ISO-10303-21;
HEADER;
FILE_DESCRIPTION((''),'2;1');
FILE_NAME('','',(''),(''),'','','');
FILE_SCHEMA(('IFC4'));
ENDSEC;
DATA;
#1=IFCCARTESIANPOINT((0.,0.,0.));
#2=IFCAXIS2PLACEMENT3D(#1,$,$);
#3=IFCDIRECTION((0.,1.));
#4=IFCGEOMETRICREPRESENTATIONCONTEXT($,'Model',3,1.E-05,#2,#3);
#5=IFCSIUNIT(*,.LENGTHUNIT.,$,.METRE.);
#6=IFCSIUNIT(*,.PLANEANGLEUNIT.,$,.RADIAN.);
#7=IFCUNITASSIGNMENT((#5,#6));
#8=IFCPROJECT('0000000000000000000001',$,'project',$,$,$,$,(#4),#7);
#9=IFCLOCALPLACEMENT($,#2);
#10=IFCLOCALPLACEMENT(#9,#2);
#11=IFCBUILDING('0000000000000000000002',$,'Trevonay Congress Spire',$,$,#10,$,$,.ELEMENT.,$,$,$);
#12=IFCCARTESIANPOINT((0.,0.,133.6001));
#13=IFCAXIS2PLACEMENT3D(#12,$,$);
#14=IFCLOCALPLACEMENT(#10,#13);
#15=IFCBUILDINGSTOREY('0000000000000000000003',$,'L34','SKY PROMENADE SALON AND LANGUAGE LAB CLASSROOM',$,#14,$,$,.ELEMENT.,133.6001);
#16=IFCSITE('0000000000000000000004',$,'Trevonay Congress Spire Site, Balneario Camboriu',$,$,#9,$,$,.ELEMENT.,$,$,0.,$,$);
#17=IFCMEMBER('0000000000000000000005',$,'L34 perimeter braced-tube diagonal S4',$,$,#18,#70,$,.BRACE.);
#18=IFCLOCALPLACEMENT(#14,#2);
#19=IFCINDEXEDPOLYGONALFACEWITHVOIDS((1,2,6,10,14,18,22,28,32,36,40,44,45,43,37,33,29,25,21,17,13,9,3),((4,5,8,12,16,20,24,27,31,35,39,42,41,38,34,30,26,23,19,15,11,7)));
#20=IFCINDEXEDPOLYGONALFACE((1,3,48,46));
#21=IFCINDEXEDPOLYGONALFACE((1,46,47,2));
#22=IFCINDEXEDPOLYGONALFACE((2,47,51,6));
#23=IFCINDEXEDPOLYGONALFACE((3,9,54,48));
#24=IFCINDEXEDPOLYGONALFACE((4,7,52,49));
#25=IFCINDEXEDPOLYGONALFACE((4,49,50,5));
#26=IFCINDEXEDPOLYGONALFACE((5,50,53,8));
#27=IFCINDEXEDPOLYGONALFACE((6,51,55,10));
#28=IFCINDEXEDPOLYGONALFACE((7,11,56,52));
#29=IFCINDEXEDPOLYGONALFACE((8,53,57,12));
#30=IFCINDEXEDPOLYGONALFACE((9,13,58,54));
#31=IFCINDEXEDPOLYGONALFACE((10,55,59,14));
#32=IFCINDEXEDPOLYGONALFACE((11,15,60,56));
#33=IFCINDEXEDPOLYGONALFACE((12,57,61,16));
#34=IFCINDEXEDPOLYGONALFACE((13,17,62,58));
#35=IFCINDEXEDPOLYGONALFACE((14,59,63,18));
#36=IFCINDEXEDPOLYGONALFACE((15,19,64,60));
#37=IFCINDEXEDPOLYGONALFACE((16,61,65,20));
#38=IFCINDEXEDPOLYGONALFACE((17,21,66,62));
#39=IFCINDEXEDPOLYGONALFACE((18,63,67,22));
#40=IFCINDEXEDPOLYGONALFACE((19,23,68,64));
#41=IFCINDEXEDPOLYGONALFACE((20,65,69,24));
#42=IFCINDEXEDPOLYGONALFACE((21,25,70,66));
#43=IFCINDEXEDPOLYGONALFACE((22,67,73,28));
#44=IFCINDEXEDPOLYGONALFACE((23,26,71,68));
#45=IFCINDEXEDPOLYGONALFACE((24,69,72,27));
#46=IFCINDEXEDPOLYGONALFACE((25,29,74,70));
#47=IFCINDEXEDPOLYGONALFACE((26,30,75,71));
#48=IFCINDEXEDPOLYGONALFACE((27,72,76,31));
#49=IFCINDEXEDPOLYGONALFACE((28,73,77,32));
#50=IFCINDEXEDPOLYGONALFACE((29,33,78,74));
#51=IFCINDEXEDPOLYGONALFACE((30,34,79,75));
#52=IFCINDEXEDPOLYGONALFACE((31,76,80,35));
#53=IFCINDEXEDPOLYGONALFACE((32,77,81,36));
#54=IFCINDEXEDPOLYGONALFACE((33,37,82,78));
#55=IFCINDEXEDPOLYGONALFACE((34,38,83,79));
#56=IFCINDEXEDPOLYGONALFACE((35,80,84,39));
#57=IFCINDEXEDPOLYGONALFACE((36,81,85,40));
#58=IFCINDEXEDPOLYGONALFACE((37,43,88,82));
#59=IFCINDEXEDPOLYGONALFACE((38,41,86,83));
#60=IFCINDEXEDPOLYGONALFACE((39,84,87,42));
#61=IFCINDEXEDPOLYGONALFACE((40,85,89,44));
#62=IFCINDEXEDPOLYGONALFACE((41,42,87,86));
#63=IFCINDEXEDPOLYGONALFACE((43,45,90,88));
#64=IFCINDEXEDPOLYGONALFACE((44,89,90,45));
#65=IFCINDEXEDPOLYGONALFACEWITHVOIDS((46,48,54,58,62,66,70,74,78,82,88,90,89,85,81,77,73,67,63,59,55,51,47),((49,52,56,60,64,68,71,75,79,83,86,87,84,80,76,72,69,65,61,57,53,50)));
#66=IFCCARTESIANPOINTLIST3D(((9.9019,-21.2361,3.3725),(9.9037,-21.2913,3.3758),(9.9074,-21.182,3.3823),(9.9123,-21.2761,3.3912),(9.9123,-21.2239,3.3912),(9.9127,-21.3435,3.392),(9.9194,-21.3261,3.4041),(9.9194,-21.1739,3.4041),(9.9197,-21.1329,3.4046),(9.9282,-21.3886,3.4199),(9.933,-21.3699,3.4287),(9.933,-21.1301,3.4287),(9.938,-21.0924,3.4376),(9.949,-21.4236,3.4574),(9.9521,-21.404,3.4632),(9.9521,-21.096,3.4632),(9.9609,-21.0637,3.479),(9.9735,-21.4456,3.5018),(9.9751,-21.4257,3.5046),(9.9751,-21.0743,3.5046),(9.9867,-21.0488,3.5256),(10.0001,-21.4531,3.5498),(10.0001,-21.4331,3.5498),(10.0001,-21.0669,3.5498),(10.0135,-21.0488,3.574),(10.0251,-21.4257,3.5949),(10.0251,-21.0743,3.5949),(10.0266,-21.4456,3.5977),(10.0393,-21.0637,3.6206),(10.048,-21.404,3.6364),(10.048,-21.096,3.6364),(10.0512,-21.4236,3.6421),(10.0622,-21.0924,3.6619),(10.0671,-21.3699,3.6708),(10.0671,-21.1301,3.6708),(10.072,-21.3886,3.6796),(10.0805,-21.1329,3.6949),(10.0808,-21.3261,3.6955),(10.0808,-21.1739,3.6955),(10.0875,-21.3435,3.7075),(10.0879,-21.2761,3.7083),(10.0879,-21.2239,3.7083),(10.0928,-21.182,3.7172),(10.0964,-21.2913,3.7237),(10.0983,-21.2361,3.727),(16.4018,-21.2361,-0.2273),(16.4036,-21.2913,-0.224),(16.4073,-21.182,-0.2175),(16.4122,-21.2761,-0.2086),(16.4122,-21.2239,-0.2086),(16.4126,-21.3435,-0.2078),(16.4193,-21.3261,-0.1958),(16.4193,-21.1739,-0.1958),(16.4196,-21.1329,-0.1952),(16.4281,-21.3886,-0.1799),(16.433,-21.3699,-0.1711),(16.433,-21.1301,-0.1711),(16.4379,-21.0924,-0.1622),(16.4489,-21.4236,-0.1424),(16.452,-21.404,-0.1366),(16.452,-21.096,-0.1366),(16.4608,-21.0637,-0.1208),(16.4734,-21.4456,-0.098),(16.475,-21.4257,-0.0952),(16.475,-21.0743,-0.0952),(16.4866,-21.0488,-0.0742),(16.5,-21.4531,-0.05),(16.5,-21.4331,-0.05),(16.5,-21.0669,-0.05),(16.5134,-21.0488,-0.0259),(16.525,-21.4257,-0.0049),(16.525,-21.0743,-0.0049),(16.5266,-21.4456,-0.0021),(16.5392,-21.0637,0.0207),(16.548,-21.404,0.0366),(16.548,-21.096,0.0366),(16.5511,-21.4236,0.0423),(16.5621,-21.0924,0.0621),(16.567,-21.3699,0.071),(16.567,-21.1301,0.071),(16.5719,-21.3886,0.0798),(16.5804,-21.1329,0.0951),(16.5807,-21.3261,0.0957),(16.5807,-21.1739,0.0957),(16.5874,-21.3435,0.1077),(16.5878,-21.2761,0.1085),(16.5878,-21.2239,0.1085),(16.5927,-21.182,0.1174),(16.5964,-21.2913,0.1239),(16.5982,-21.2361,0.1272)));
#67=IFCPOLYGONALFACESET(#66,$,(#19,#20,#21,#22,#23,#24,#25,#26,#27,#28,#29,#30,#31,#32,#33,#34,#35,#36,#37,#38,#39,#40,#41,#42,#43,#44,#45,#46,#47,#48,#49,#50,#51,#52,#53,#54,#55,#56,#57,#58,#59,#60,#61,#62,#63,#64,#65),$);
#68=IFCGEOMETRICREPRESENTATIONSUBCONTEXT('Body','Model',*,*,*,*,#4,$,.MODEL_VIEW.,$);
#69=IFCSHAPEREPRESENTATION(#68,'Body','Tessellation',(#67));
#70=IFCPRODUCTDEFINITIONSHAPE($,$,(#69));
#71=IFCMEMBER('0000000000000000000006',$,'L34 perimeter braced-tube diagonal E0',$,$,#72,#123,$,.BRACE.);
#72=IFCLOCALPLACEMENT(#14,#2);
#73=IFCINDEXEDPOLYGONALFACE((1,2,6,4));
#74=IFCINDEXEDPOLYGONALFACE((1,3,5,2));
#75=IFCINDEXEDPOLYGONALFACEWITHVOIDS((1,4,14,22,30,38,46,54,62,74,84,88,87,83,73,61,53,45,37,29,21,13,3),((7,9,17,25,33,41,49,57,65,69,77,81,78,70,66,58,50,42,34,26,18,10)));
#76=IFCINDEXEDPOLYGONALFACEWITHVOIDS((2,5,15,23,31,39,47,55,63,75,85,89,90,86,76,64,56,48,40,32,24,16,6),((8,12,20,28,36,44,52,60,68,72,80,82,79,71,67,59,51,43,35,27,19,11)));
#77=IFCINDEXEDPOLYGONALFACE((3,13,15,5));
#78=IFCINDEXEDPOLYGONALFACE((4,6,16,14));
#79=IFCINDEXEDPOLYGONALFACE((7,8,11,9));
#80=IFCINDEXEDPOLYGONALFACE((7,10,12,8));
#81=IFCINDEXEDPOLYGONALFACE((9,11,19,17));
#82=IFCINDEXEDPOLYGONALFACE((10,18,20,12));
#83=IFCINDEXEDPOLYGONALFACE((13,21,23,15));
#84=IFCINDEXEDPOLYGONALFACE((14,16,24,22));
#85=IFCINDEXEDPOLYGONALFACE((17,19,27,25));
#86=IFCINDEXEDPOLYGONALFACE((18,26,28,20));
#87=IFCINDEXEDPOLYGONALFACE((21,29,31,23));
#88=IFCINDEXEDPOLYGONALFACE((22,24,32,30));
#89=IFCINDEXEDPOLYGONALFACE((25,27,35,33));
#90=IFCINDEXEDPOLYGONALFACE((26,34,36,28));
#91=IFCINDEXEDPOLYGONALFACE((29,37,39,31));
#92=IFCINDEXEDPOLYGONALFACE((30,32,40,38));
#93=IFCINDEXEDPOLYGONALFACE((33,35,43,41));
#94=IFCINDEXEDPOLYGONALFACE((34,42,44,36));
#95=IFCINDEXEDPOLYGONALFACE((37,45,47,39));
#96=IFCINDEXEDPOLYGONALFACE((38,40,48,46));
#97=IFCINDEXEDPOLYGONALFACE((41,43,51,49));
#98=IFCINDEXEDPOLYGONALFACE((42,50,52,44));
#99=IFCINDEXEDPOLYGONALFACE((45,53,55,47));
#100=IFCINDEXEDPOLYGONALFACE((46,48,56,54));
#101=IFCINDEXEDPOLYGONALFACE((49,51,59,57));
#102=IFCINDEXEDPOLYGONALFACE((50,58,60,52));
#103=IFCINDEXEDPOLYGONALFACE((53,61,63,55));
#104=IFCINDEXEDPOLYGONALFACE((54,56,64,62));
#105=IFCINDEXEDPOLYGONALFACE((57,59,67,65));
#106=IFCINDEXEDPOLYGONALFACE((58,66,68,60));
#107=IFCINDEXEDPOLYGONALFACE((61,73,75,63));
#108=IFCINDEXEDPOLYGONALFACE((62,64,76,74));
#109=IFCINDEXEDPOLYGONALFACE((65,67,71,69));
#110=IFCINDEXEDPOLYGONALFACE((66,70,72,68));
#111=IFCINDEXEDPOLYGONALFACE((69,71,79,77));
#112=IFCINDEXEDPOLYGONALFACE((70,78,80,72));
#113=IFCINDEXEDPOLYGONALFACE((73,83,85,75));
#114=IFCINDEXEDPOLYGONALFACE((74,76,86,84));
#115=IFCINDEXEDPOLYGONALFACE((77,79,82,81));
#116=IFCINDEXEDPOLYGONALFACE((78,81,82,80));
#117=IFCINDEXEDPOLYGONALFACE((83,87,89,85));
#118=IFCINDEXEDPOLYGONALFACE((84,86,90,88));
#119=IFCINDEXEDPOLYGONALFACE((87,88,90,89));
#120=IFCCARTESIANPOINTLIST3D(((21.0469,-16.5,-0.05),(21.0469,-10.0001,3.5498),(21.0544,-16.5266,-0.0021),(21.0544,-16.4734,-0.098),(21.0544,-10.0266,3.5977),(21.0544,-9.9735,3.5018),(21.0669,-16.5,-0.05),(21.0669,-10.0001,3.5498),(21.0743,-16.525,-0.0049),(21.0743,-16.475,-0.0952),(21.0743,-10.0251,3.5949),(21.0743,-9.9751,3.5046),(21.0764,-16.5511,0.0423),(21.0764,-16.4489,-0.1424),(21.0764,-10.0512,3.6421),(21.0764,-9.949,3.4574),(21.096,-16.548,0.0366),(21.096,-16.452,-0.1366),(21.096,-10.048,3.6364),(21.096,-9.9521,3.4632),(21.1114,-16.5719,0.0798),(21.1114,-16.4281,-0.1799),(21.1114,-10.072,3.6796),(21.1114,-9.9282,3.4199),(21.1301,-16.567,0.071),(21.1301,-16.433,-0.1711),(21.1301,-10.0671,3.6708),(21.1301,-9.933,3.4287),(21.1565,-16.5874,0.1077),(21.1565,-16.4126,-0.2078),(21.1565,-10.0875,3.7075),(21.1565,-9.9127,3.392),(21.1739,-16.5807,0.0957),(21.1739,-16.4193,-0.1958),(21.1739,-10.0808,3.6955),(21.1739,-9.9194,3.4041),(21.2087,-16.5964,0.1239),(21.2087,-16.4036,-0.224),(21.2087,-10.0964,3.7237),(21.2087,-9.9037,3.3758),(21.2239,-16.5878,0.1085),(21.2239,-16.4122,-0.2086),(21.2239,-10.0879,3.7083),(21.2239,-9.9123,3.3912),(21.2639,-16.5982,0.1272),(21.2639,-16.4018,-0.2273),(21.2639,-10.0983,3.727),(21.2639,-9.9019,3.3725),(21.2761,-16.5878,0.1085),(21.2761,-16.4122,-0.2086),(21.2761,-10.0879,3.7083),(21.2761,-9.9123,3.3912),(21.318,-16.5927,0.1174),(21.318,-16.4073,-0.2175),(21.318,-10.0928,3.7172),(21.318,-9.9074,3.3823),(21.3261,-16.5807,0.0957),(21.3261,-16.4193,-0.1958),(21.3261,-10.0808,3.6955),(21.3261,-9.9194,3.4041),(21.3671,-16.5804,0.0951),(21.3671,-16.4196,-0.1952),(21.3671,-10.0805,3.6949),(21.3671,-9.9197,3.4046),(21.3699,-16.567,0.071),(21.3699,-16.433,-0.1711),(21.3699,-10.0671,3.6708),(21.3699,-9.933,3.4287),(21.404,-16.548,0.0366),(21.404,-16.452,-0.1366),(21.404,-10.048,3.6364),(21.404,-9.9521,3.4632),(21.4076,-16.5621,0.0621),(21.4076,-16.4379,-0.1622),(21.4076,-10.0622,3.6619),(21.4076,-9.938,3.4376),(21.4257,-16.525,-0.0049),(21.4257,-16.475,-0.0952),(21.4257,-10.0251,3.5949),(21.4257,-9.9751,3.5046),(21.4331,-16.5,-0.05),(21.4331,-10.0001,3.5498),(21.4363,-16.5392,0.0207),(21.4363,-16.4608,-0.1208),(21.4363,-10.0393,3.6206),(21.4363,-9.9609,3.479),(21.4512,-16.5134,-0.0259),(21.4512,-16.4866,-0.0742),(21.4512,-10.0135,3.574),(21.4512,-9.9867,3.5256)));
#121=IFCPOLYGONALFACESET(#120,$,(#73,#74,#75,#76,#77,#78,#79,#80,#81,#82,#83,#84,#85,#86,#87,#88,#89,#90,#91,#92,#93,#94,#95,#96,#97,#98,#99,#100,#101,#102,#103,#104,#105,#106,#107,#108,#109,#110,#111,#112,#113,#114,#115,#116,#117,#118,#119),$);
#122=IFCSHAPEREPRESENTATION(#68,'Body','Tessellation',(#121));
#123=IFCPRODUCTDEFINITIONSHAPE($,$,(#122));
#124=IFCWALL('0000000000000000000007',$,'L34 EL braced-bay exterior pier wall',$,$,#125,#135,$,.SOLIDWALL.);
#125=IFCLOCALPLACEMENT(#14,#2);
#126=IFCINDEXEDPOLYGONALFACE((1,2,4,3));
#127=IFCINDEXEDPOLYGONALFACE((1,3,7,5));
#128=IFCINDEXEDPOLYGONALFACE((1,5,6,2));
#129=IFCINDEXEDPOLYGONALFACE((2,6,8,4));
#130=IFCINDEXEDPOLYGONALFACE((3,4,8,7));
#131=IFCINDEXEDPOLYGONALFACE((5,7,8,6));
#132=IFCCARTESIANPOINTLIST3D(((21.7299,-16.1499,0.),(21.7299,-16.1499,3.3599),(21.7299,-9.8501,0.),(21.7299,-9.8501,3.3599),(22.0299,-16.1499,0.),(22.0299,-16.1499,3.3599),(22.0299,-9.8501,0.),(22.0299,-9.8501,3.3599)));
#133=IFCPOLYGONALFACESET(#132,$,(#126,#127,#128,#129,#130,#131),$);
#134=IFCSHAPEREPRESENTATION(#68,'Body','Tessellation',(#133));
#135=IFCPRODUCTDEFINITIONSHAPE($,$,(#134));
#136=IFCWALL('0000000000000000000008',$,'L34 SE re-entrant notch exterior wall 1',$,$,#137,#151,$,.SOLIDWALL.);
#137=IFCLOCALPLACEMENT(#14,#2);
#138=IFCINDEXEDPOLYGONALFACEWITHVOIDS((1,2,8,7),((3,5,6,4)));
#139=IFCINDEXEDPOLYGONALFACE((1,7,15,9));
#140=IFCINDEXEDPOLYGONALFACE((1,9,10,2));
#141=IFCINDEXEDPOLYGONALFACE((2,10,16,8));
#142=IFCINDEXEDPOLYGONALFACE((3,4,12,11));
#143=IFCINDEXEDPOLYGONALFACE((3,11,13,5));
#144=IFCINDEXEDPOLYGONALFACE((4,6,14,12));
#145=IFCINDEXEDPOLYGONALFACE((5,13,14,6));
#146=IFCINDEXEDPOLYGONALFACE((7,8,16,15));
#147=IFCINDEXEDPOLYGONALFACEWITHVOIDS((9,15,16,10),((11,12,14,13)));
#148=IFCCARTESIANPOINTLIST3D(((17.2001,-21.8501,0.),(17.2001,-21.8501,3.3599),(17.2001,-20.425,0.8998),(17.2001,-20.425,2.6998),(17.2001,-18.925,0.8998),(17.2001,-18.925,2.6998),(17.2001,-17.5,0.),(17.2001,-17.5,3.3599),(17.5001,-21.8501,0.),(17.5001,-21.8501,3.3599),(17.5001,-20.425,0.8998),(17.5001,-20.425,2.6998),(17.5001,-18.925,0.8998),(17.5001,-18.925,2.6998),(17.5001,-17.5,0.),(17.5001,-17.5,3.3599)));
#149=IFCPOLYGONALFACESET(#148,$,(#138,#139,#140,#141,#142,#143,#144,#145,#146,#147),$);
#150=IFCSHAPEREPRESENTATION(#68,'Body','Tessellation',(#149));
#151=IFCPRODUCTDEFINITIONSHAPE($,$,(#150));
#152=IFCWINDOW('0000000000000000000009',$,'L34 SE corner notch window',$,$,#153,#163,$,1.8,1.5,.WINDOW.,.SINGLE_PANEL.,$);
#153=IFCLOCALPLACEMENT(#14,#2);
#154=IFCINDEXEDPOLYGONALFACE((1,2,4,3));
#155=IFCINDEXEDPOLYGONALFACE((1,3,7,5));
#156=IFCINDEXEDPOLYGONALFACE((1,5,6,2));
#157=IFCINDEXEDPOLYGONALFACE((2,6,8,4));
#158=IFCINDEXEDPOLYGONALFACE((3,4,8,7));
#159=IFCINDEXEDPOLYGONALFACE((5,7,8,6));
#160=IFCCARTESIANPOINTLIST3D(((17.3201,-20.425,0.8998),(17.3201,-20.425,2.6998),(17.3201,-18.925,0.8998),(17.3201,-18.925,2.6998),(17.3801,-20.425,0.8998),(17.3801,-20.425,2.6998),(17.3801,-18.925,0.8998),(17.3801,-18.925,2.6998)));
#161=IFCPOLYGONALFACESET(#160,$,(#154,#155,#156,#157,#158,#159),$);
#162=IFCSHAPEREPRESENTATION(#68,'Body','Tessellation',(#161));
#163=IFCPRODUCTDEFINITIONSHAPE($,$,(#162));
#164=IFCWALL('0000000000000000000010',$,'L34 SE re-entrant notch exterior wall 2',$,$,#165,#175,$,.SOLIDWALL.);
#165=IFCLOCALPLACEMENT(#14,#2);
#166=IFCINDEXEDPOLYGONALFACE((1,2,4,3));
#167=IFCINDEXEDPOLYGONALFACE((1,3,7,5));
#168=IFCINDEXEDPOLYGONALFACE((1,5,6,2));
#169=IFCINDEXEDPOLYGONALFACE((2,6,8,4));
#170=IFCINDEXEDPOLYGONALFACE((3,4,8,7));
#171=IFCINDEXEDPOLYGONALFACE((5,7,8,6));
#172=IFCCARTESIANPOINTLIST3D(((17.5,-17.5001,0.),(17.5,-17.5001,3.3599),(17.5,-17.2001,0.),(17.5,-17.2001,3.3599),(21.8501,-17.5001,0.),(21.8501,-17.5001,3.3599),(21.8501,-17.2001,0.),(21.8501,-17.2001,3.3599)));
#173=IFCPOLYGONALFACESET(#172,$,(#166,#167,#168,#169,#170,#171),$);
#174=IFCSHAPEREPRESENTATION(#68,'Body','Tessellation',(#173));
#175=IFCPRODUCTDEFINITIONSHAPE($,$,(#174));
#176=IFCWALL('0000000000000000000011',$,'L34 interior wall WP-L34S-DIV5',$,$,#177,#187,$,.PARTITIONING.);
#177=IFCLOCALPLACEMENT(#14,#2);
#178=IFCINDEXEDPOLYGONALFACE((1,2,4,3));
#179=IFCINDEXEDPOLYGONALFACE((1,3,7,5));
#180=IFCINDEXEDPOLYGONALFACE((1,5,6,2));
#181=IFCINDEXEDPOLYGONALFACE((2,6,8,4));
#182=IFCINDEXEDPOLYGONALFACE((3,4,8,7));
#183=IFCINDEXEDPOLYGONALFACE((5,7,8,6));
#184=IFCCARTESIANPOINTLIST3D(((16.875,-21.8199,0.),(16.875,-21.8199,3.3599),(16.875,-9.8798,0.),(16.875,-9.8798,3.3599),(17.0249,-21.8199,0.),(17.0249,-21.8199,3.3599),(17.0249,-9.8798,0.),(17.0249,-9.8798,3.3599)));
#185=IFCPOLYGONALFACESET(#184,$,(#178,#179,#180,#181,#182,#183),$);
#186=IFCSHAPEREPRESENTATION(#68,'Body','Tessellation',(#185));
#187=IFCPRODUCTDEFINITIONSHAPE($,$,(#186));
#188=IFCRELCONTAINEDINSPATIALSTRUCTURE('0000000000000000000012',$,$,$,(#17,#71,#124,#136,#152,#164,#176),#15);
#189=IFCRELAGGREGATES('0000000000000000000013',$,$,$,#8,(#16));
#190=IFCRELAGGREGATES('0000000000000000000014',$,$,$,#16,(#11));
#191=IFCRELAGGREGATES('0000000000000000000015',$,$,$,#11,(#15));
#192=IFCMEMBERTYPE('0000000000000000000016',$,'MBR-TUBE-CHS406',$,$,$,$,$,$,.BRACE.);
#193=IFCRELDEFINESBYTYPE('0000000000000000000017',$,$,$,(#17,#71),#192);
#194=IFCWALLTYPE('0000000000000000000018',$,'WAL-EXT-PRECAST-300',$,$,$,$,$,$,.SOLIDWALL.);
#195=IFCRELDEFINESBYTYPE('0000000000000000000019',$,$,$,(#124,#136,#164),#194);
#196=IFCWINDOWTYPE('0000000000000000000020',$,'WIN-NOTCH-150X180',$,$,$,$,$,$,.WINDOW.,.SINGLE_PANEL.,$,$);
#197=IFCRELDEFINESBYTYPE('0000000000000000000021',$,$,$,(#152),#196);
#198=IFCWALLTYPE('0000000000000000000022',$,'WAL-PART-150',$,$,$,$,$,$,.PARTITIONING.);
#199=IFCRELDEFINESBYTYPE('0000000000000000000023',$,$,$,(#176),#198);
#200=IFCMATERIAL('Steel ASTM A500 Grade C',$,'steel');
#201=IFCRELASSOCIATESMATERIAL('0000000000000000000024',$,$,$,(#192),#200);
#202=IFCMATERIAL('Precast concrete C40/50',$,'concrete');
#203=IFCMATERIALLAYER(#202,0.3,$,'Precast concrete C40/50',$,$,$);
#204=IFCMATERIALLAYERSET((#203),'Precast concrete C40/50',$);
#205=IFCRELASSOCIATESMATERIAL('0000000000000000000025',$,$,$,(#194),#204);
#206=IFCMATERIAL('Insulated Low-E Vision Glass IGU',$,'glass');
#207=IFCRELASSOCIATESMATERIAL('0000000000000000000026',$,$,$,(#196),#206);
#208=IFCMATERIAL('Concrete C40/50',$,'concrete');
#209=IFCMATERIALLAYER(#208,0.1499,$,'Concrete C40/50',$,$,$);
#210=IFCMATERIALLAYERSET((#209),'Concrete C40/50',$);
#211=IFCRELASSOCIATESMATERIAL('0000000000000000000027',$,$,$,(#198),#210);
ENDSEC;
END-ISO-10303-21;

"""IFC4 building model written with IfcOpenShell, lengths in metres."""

from ifc_helpers import new_model, si_unit, direction, frame, frame_2d, origin, origin_2d, place, context, subcontext, project, spatial, rectangle, hollow_circle, extrude, material, layer, layer_set, material_profile, profile_set, type_object, element, fill, save


model = new_model("IFC4")

# Units and contexts
model_context = context("Model", 3, precision=1e-05, world=origin(), true_north=direction((0.0, 1.0)))
body_context = subcontext(model_context, "Body", "Model", "MODEL_VIEW")
ifc_project = project(units=[si_unit("LENGTHUNIT", "METRE"), si_unit("PLANEANGLEUNIT", "RADIAN")], contexts=[model_context])

# Site, building, storey
site_placement = place(None, origin())
site = spatial("IfcSite", under=ifc_project, at=site_placement, Name="Trevonay Congress Spire Site, Balneario Camboriu", CompositionType="ELEMENT", RefElevation=0.0)
building_placement = place(site_placement, origin())
building = spatial("IfcBuilding", under=site, at=building_placement, Name="Trevonay Congress Spire", CompositionType="ELEMENT")
storey_placement = place(building_placement, frame((0.0, 0.0, 133.6001)))
storey = spatial("IfcBuildingStorey", under=building, at=storey_placement, Name="L34", Description="SKY PROMENADE SALON AND LANGUAGE LAB CLASSROOM", CompositionType="ELEMENT", Elevation=133.6001)

# Members
ifc_material_1 = material(Name="Steel ASTM A500 Grade C", Category="steel")
ifc_material_profile_1 = material_profile(ifc_material_1, hollow_circle(Radius=0.2031, WallThickness=0.02, at=origin_2d()), Name="CHS 406.4x20")
ifc_profile_set_1 = profile_set([ifc_material_profile_1], Name="Steel ASTM A500 Grade C")
member_type_1 = type_object("IfcMemberType", Name="MBR-TUBE-CHS406", PredefinedType="BRACE", material=ifc_profile_set_1)
for number, where, z_axis, x_axis, name in (
    (1, (16.5, -21.25, -0.05), (-0.8748, 0.0, 0.484485), (0.0, -1.0, 0.0), "L34 perimeter braced-tube diagonal S4"),
    (2, (21.25, -16.5, -0.05), (0.0, 0.8748, 0.484485), (-1.0, 0.0, 0.0), "L34 perimeter braced-tube diagonal E0"),
):
    element("IfcMember", number, at=place(storey_placement, frame(where, z_axis=z_axis, x_axis=x_axis)), inside=storey, type_object=member_type_1, Name=name, PredefinedType="BRACE", context=body_context, shape_type="SweptSolid", body=[
        extrude(hollow_circle(Radius=0.2031, WallThickness=0.02, at=origin_2d()), origin(), (0.0, 0.0, 1.0), 7.4302),
    ])

# Wall
ifc_material_2 = material(Name="Precast concrete C40/50", Category="concrete")
ifc_layer_1 = layer(ifc_material_2, 0.3, Name="Precast concrete C40/50")
ifc_layer_set_1 = layer_set([ifc_layer_1], Name="Precast concrete C40/50")
wall_type_1 = type_object("IfcWallType", Name="WAL-EXT-PRECAST-300", PredefinedType="SOLIDWALL", material=ifc_layer_set_1)
wall_1_placement = place(storey_placement, frame((21.8799, -16.1499, 0.0), z_axis=(0.0, 0.0, 1.0), x_axis=(0.0, 1.0, 0.0)))
element("IfcWall", 3, at=wall_1_placement, inside=storey, type_object=wall_type_1, Name="L34 EL braced-bay exterior pier wall", PredefinedType="SOLIDWALL", context=body_context, shape_type="SweptSolid", body=[
    extrude(rectangle(XDim=6.2998, YDim=0.3, at=frame_2d((3.1499, 0.0))), origin(), (0.0, 0.0, 1.0), 3.3599),
])

# Wall, opening, window
wall_2_placement = place(storey_placement, frame((17.3501, -21.8501, 0.0), z_axis=(0.0, 0.0, 1.0), x_axis=(0.0, 1.0, 0.0)))
wall_2 = element("IfcWall", 4, at=wall_2_placement, inside=storey, type_object=wall_type_1, Name="L34 SE re-entrant notch exterior wall 1", PredefinedType="SOLIDWALL", context=body_context, shape_type="SweptSolid", body=[
    extrude(rectangle(XDim=4.3501, YDim=0.3, at=frame_2d((2.175, 0.0))), origin(), (0.0, 0.0, 1.0), 3.3599),
])
opening_placement = place(wall_2_placement, frame((1.425, 0.0, 0.8999)))
opening = element("IfcOpeningElement", 5, at=opening_placement, cuts=wall_2, PredefinedType="OPENING", context=body_context, shape_type="SweptSolid", body=[
    extrude(rectangle(XDim=1.5, YDim=1.8, at=frame_2d((0.75, 0.8999))), frame((0.0, 0.1602, 0.0), z_axis=(0.0, -1.0, 0.0), x_axis=(1.0, 0.0, 0.0)), (0.0, 0.0, 1.0), 0.3201),
])
ifc_material_3 = material(Name="Insulated Low-E Vision Glass IGU", Category="glass")
window_type = type_object("IfcWindowType", Name="WIN-NOTCH-150X180", PartitioningType="SINGLE_PANEL", PredefinedType="WINDOW", material=ifc_material_3)
window_placement = place(opening_placement, origin())
window = element("IfcWindow", 6, at=window_placement, inside=storey, type_object=window_type, Name="L34 SE corner notch window", OverallHeight=1.8, OverallWidth=1.5, PartitioningType="SINGLE_PANEL", PredefinedType="WINDOW", context=body_context, shape_type="SweptSolid", body=[
    extrude(rectangle(XDim=1.5, YDim=1.8, at=frame_2d((0.75, 0.8999))), frame((0.0, 0.03, 0.0), z_axis=(0.0, -1.0, 0.0), x_axis=(1.0, 0.0, 0.0)), (0.0, 0.0, 1.0), 0.0601),
])
fill(opening, window)

# Walls
wall_3_placement = place(storey_placement, frame((21.8501, -17.3501, 0.0), z_axis=(0.0, 0.0, 1.0), x_axis=(-1.0, 0.0, 0.0)))
element("IfcWall", 7, at=wall_3_placement, inside=storey, type_object=wall_type_1, Name="L34 SE re-entrant notch exterior wall 2", PredefinedType="SOLIDWALL", context=body_context, shape_type="SweptSolid", body=[
    extrude(rectangle(XDim=4.3501, YDim=0.3, at=frame_2d((2.175, 0.0))), origin(), (0.0, 0.0, 1.0), 3.3599),
])
ifc_material_4 = material(Name="Concrete C40/50", Category="concrete")
ifc_layer_2 = layer(ifc_material_4, 0.1499, Name="Concrete C40/50")
ifc_layer_set_2 = layer_set([ifc_layer_2], Name="Concrete C40/50")
wall_type_2 = type_object("IfcWallType", Name="WAL-PART-150", PredefinedType="PARTITIONING", material=ifc_layer_set_2)
wall_4_placement = place(storey_placement, frame((16.95, -21.8201, 0.0), z_axis=(0.0, 0.0, 1.0), x_axis=(0.0, 1.0, 0.0)))
element("IfcWall", 8, at=wall_4_placement, inside=storey, type_object=wall_type_2, Name="L34 interior wall WP-L34S-DIV5", PredefinedType="PARTITIONING", context=body_context, shape_type="SweptSolid", body=[
    extrude(rectangle(XDim=11.9402, YDim=0.1499, at=frame_2d((5.9702, 0.0))), origin(), (0.0, 0.0, 1.0), 3.3599),
])

save(model, "model.ifc")
